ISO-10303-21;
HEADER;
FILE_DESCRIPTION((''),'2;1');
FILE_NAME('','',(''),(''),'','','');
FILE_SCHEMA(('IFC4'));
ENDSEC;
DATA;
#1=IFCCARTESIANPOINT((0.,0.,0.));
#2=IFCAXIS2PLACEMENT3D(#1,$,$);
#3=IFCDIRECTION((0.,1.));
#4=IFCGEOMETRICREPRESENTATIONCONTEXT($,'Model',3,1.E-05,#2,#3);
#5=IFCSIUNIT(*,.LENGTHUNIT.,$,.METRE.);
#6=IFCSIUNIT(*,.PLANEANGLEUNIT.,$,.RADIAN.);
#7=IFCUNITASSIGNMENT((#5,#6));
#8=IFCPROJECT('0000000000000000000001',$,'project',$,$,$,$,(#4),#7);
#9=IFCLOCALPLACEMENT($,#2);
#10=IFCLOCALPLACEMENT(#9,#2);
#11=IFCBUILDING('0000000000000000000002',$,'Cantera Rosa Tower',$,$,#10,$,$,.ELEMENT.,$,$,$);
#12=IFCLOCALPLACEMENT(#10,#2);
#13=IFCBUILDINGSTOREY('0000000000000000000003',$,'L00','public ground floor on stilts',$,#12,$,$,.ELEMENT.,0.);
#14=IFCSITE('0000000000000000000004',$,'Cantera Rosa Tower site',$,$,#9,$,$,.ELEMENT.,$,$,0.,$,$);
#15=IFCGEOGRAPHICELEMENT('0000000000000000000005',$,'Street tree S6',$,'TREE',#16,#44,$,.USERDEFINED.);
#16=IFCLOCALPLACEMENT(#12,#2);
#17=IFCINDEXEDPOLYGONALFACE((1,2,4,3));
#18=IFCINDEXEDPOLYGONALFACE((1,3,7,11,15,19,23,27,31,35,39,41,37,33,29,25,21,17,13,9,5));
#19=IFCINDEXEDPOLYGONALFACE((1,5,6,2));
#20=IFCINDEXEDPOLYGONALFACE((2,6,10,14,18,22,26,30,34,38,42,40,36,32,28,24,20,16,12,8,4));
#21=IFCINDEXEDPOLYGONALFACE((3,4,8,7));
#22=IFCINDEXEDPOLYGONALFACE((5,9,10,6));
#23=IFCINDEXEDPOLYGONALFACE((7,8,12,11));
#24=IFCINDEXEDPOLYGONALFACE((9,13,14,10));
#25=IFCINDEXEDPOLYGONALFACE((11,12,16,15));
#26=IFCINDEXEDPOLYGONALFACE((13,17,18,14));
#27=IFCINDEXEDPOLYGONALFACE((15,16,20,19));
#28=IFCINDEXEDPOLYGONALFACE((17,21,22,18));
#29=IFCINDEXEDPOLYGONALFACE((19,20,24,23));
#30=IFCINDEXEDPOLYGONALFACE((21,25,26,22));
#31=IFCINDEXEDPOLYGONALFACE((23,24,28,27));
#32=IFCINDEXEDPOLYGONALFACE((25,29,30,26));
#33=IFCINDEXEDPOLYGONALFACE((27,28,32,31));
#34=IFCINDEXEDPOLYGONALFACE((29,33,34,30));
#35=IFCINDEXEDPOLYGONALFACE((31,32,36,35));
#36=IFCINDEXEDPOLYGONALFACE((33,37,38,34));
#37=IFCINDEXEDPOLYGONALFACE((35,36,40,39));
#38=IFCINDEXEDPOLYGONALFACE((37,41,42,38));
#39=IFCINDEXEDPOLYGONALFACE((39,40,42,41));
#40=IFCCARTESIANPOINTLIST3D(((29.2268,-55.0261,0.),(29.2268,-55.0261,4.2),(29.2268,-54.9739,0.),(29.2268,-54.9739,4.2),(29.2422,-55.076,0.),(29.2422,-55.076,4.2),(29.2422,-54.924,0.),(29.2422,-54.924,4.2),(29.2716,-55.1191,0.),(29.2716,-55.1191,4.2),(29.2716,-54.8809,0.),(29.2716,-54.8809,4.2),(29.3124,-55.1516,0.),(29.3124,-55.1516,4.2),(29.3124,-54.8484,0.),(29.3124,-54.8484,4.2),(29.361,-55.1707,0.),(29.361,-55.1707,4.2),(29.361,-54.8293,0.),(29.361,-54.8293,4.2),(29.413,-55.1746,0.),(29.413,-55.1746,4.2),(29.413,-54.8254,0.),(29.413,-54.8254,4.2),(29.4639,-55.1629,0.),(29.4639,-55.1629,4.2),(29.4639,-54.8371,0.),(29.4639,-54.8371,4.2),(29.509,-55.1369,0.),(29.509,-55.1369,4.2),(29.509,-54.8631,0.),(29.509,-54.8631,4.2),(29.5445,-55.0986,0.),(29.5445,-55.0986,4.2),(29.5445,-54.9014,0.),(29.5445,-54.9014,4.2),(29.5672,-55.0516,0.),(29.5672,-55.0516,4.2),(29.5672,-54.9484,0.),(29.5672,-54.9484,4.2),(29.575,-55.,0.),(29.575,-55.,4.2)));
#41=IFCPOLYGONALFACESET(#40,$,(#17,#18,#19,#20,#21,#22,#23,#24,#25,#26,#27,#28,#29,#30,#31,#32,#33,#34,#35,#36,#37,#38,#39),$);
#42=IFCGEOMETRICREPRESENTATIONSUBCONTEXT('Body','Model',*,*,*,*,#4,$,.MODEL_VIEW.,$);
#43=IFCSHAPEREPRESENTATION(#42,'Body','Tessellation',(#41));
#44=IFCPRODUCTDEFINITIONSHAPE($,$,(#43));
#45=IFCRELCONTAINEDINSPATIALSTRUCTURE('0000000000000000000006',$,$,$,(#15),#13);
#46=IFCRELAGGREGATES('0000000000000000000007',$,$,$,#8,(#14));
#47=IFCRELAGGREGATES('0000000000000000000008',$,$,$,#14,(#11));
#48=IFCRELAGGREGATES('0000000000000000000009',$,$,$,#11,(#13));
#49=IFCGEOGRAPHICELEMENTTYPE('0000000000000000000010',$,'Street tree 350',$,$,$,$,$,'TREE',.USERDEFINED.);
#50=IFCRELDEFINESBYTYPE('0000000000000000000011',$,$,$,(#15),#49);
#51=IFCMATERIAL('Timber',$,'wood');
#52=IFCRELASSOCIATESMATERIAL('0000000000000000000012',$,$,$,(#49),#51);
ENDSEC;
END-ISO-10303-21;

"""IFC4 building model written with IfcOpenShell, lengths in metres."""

from ifc_helpers import new_model, si_unit, direction, frame, origin, origin_2d, place, context, subcontext, project, spatial, circle, extrude, material, material_profile, profile_set, type_object, element, save


model = new_model("IFC4")

# Units and contexts
model_context = context("Model", 3, precision=1e-05, world=origin(), true_north=direction((0.0, 1.0)))
body_context = subcontext(model_context, "Body", "Model", "MODEL_VIEW")
ifc_project = project(units=[si_unit("LENGTHUNIT", "METRE"), si_unit("PLANEANGLEUNIT", "RADIAN")], contexts=[model_context])

# Site, building, storey
site_placement = place(None, origin())
site = spatial("IfcSite", under=ifc_project, at=site_placement, Name="Cantera Rosa Tower site", CompositionType="ELEMENT", RefElevation=0.0)
building_placement = place(site_placement, origin())
building = spatial("IfcBuilding", under=site, at=building_placement, Name="Cantera Rosa Tower", CompositionType="ELEMENT")
storey_placement = place(building_placement, origin())
storey = spatial("IfcBuildingStorey", under=building, at=storey_placement, Name="L00", Description="public ground floor on stilts", CompositionType="ELEMENT", Elevation=0.0)

# Geographic element
ifc_material_1 = material(Name="Timber", Category="wood")
ifc_material_profile_1 = material_profile(ifc_material_1, circle(Radius=0.175, at=origin_2d()), Name="Street tree 350")
ifc_profile_set_1 = profile_set([ifc_material_profile_1], Name="Timber")
geographic_element_type = type_object("IfcGeographicElementType", Name="Street tree 350", ElementType="TREE", PredefinedType="USERDEFINED", material=ifc_profile_set_1)
for number, where, z_axis, x_axis, name in (
    (1, (29.3999, -55.0, 0.0), (0.0, 0.0, 1.0), (1.0, 0.0, 0.0), "Street tree S6"),
):
    element("IfcGeographicElement", number, at=place(storey_placement, frame(where, z_axis=z_axis, x_axis=x_axis)), inside=storey, type_object=geographic_element_type, Name=name, ObjectType="TREE", PredefinedType="USERDEFINED", context=body_context, shape_type="SweptSolid", body=[
        extrude(circle(Radius=0.175, at=origin_2d()), origin(), (0.0, 0.0, 1.0), 4.2),
    ])

save(model, "model.ifc")
